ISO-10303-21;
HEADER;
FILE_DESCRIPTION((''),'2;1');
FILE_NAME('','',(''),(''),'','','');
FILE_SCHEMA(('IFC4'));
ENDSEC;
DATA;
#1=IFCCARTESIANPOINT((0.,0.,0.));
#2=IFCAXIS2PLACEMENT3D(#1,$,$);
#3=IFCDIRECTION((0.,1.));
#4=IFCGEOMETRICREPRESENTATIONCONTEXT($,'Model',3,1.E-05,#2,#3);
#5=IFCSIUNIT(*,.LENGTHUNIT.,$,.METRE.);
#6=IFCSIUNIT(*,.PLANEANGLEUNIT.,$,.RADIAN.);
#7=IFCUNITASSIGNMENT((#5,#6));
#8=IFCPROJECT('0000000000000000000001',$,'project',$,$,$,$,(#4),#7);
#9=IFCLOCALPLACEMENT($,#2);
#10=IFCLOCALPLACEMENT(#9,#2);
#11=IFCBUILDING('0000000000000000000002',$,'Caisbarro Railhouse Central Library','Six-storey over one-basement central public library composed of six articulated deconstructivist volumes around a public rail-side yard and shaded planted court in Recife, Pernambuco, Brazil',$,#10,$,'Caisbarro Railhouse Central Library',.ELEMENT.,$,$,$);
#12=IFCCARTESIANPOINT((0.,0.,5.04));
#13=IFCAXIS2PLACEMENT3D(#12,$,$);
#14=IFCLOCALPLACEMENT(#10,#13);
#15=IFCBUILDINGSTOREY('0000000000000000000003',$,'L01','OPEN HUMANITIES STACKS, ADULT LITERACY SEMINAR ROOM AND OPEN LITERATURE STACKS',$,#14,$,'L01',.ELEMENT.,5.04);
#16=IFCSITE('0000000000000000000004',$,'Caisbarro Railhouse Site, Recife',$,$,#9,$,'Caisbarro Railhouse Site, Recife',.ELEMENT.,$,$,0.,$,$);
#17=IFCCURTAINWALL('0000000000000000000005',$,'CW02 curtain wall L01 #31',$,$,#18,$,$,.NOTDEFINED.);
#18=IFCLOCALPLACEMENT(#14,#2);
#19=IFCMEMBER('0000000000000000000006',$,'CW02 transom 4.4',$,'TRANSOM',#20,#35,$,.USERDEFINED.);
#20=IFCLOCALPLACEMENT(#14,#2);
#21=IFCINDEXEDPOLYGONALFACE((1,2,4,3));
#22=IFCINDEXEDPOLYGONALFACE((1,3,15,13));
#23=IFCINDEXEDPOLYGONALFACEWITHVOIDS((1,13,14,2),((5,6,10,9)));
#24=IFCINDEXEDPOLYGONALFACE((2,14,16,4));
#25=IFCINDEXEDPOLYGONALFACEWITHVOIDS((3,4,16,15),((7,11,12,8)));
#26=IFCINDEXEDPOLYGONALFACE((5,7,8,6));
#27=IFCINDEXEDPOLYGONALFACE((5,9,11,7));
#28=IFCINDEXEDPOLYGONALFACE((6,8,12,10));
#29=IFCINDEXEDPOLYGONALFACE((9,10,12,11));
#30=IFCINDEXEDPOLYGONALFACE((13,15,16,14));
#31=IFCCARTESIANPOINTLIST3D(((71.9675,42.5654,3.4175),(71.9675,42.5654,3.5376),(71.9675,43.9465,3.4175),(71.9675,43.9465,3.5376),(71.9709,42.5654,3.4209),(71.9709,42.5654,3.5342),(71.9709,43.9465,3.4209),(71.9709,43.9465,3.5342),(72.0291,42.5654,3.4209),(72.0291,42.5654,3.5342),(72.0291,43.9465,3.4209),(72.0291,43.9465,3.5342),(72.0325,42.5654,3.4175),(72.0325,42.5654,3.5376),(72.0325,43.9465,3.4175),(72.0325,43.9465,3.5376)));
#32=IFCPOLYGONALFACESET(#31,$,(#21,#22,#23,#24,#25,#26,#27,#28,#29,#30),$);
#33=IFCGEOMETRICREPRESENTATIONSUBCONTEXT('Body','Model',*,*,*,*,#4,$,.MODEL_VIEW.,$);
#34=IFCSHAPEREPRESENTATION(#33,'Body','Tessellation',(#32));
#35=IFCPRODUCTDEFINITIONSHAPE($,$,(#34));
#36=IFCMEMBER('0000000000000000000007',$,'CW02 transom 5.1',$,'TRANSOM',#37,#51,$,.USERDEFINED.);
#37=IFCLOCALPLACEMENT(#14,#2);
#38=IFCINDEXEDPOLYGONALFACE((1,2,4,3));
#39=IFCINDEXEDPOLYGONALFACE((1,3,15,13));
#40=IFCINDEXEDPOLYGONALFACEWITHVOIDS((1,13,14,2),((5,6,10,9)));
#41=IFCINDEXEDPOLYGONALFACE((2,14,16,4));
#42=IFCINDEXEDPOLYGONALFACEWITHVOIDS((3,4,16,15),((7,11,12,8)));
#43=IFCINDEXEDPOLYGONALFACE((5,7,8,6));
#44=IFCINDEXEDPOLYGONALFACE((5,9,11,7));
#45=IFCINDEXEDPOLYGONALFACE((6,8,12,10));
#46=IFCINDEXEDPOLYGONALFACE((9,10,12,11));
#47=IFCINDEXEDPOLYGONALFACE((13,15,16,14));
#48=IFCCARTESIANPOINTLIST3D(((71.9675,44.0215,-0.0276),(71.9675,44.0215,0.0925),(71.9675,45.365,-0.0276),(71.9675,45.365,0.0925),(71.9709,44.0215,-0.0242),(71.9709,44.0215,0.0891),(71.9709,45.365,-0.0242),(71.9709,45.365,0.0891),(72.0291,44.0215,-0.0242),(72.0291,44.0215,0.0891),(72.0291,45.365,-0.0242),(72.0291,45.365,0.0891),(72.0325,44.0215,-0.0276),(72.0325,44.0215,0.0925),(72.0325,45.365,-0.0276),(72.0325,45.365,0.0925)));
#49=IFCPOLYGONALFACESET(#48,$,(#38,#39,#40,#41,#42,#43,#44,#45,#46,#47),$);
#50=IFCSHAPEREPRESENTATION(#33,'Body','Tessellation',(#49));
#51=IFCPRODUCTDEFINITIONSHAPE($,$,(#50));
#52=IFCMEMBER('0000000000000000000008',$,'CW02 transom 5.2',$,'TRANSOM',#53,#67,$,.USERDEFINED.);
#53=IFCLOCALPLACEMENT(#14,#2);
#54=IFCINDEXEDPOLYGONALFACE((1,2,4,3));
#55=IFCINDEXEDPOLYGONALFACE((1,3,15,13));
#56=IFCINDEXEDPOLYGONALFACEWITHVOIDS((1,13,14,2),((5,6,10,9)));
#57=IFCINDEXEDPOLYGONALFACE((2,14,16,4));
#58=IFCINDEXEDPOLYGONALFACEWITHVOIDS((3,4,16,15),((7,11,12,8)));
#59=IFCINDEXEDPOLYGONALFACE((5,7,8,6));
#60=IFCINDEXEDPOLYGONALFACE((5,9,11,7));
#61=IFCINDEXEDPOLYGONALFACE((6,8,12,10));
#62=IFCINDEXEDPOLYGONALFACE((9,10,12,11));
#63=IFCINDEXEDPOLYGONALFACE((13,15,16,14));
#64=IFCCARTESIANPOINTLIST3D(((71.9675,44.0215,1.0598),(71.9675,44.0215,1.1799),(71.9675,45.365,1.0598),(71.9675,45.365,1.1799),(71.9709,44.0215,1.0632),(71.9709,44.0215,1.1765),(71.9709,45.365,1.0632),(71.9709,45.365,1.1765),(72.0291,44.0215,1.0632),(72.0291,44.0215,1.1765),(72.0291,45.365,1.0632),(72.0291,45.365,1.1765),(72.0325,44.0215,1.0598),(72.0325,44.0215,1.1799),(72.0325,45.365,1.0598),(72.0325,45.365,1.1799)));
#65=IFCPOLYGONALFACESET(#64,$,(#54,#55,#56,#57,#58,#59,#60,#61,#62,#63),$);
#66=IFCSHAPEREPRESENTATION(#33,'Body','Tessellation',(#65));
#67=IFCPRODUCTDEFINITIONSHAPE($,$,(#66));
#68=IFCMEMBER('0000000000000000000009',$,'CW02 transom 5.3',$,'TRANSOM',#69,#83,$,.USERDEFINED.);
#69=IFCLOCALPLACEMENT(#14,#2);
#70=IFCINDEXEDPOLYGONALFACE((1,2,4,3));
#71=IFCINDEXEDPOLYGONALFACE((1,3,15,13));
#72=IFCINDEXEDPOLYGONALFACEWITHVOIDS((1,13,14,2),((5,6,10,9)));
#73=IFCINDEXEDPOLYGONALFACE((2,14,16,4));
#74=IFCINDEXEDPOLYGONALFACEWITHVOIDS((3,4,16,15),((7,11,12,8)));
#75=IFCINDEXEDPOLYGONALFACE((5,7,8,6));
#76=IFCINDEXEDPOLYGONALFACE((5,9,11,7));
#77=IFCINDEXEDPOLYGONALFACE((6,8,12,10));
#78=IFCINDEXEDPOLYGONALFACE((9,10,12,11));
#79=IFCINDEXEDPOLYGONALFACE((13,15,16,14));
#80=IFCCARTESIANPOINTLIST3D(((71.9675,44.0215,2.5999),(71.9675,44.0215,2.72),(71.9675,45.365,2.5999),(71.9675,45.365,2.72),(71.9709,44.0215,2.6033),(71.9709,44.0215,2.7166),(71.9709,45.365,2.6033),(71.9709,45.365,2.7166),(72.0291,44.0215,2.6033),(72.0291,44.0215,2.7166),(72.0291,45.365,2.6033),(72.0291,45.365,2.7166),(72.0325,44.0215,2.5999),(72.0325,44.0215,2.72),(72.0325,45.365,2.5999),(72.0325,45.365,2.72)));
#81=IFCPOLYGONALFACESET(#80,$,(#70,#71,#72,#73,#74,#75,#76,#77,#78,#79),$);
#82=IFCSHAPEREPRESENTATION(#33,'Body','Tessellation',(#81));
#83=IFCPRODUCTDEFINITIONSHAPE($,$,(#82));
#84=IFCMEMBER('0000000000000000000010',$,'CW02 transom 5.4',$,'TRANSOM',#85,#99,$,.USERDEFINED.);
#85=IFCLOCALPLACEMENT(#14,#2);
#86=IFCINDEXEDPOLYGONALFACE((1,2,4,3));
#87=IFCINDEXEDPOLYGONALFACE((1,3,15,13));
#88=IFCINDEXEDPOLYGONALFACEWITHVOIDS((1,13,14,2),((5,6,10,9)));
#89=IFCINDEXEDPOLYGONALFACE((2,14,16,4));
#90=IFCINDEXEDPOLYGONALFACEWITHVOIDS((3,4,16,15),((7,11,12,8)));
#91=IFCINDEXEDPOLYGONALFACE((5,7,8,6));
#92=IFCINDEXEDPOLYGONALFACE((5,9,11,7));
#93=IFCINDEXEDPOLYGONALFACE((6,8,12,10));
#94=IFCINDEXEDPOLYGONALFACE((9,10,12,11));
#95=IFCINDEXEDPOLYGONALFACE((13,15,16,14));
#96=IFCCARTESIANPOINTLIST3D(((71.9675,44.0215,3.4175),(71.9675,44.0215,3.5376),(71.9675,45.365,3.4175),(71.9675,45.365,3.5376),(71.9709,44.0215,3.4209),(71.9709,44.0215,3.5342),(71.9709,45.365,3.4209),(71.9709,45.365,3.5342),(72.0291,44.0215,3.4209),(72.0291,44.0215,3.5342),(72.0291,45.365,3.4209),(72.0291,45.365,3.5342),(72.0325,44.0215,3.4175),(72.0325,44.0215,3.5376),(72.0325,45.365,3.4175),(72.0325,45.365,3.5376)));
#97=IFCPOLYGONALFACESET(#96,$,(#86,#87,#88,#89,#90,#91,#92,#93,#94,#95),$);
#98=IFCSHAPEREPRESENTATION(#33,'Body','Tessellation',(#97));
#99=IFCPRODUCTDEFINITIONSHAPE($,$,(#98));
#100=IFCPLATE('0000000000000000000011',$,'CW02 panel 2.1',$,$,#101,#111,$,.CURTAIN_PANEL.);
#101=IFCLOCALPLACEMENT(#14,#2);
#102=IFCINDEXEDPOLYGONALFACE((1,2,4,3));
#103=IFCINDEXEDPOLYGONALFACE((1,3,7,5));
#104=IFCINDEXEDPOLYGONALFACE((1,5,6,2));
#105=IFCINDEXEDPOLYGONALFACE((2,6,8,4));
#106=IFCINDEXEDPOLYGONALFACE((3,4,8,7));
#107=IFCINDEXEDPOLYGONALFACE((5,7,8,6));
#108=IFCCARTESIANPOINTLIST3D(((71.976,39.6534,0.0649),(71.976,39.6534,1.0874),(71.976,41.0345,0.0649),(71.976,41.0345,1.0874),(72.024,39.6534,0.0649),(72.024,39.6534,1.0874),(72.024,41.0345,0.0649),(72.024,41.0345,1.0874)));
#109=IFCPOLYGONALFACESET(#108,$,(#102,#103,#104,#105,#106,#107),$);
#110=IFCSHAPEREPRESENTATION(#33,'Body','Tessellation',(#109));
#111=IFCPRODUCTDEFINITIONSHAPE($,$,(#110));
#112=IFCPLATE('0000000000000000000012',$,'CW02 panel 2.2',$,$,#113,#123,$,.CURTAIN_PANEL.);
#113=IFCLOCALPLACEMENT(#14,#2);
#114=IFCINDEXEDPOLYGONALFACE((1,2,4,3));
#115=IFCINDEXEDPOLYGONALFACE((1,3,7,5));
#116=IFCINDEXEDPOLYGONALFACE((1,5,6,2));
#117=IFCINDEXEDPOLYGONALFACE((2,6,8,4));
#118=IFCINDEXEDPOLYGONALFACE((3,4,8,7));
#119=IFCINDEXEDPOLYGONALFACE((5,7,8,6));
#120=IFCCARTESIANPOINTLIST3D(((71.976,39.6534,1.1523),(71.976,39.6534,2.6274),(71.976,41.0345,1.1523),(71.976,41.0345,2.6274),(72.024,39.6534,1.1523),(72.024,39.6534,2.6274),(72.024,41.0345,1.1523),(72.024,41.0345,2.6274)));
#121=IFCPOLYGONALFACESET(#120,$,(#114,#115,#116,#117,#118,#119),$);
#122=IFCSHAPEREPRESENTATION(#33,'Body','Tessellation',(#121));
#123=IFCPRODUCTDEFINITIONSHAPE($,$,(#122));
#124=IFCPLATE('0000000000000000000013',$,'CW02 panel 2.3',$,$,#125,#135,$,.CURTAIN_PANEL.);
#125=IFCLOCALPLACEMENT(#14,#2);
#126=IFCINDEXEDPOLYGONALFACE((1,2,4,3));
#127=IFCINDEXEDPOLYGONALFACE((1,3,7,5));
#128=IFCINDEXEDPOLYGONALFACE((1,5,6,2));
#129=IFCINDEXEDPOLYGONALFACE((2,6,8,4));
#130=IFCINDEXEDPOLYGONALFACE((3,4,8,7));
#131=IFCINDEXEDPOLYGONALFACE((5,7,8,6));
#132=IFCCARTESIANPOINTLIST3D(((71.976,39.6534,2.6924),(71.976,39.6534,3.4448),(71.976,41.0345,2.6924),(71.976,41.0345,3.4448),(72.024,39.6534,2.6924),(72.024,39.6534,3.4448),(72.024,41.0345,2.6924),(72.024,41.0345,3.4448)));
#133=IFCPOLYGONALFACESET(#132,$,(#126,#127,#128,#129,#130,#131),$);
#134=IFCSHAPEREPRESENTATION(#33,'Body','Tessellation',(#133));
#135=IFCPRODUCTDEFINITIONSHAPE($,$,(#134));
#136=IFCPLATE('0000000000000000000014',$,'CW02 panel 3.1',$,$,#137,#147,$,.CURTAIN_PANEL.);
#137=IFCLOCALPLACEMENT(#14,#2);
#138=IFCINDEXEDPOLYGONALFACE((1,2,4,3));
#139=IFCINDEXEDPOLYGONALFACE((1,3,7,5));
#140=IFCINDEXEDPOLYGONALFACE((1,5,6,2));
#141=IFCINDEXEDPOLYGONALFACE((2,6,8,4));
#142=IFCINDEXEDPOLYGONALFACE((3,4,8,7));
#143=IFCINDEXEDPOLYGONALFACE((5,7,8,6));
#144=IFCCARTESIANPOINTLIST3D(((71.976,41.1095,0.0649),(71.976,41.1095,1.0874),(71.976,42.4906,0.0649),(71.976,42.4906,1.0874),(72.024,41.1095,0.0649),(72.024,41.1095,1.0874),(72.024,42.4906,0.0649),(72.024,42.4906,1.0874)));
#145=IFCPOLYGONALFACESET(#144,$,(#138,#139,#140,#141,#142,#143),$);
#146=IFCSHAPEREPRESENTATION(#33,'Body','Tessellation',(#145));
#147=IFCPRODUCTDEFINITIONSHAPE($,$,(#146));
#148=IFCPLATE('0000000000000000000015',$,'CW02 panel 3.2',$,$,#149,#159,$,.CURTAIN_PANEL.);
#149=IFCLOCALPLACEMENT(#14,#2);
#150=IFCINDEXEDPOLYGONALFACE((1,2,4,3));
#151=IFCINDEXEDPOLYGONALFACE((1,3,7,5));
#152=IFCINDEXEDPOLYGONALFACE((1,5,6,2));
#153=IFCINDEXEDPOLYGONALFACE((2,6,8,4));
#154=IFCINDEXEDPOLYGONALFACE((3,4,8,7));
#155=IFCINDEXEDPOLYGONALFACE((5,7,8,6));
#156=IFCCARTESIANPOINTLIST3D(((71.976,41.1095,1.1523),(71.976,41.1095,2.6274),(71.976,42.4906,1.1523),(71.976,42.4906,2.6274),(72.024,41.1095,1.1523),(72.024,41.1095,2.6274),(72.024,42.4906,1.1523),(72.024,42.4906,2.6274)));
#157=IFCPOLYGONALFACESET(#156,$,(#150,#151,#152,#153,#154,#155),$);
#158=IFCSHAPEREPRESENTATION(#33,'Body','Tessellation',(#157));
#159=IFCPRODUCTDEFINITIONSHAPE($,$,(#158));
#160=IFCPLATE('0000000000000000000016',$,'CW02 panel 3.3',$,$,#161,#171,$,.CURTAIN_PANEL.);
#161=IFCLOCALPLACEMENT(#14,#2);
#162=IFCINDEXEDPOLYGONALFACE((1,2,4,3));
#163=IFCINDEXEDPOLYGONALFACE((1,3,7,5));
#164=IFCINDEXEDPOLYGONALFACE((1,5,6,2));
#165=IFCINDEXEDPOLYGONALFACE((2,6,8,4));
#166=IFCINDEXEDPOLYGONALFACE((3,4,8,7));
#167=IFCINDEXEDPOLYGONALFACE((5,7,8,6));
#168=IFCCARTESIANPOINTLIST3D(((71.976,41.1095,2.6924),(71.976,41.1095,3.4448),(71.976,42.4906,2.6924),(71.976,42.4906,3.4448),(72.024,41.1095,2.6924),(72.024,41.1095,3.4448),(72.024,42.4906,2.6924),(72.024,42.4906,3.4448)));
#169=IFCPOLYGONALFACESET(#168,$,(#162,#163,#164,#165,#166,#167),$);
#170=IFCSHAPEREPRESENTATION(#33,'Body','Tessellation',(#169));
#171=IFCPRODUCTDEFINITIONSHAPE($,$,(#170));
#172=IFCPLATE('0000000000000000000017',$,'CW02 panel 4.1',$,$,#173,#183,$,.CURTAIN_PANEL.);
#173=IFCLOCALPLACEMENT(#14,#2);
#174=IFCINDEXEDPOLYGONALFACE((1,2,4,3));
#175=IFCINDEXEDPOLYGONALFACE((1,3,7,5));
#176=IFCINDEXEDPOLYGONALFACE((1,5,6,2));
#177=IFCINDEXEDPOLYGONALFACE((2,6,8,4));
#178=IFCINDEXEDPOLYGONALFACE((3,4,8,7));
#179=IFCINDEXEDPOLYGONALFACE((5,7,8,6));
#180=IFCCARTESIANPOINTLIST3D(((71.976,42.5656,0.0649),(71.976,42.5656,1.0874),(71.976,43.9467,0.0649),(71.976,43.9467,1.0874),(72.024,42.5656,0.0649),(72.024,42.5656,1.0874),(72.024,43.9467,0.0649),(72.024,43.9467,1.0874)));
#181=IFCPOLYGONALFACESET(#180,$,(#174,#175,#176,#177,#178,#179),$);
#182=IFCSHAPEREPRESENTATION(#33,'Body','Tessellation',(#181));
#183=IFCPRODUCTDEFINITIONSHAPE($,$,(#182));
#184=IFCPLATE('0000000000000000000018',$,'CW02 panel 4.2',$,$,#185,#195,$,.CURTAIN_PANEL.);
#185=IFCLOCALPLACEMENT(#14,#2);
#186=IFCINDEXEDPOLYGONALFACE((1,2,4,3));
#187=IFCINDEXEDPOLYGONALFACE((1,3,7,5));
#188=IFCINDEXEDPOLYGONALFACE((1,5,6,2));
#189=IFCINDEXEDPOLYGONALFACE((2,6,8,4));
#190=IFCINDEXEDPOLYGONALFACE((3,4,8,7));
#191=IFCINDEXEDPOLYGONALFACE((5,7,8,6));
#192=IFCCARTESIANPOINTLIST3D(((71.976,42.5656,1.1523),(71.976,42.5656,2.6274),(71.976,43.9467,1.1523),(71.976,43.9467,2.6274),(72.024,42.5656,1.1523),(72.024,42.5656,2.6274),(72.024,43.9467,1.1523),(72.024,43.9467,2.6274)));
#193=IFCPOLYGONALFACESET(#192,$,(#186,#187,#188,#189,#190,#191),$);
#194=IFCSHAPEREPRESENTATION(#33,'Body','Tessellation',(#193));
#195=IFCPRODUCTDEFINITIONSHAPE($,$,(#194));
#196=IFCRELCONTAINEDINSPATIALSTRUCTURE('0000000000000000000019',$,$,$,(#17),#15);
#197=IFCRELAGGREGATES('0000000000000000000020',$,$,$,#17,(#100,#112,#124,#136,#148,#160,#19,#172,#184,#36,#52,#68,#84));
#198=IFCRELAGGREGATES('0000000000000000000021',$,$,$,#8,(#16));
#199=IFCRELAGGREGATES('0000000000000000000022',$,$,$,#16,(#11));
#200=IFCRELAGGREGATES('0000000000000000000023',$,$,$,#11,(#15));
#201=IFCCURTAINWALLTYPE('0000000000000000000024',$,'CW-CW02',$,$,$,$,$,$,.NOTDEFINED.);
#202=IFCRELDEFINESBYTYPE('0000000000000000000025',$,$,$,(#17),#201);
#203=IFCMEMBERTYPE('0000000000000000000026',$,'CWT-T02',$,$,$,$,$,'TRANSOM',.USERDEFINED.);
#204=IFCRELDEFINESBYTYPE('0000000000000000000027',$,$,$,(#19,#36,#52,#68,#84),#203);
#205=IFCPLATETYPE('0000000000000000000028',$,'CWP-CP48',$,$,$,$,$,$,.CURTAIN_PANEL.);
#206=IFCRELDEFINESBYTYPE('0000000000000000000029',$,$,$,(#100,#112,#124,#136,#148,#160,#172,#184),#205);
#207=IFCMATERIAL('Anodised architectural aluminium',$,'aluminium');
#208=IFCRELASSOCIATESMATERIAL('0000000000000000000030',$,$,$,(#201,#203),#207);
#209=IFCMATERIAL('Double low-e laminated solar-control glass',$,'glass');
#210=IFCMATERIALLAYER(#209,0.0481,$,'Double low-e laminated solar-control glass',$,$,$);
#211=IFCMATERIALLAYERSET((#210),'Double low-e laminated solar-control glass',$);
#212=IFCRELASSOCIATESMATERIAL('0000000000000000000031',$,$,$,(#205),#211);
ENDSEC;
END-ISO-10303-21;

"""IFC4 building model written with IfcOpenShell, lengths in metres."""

from ifc_helpers import new_model, si_unit, direction, frame, origin, origin_2d, place, context, subcontext, project, spatial, rectangle, hollow_rectangle, extrude, material, layer, layer_set, material_profile, profile_set, type_object, element, aggregate, save


model = new_model("IFC4")

# Units and contexts
model_context = context("Model", 3, precision=1e-05, world=origin(), true_north=direction((0.0, 1.0)))
body_context = subcontext(model_context, "Body", "Model", "MODEL_VIEW")
ifc_project = project(units=[si_unit("LENGTHUNIT", "METRE"), si_unit("PLANEANGLEUNIT", "RADIAN")], contexts=[model_context])

# Site, building, storey
site_placement = place(None, origin())
site = spatial("IfcSite", under=ifc_project, at=site_placement, Name="Caisbarro Railhouse Site, Recife", LongName="Caisbarro Railhouse Site, Recife", CompositionType="ELEMENT", RefElevation=0.0)
building_placement = place(site_placement, origin())
building = spatial("IfcBuilding", under=site, at=building_placement, Name="Caisbarro Railhouse Central Library", Description="Six-storey over one-basement central public library composed of six articulated deconstructivist volumes around a public rail-side yard and shaded planted court in Recife, Pernambuco, Brazil", LongName="Caisbarro Railhouse Central Library", CompositionType="ELEMENT")
storey_placement = place(building_placement, frame((0.0, 0.0, 5.04)))
storey = spatial("IfcBuildingStorey", under=building, at=storey_placement, Name="L01", Description="OPEN HUMANITIES STACKS, ADULT LITERACY SEMINAR ROOM AND OPEN LITERATURE STACKS", LongName="L01", CompositionType="ELEMENT", Elevation=5.04)

# Curtain wall, members, plates
ifc_material_1 = material(Name="Anodised architectural aluminium", Category="aluminium")
curtain_wall_type = type_object("IfcCurtainWallType", Name="CW-CW02", PredefinedType="NOTDEFINED", material=ifc_material_1)
curtain_wall_placement = place(storey_placement, origin())
curtain_wall = element("IfcCurtainWall", 1, at=curtain_wall_placement, inside=storey, type_object=curtain_wall_type, Name="CW02 curtain wall L01 #31", PredefinedType="NOTDEFINED")
ifc_material_profile_1 = material_profile(ifc_material_1, hollow_rectangle(XDim=0.0649, YDim=0.1201, WallThickness=0.0034, at=origin_2d()), Name="ALU-TRN-65X120")
ifc_profile_set_1 = profile_set([ifc_material_profile_1], Name="Anodised architectural aluminium")
member_type_1 = type_object("IfcMemberType", Name="CWT-T02", ElementType="TRANSOM", PredefinedType="USERDEFINED", material=ifc_profile_set_1)
member_1_placement = place(storey_placement, frame((72.0, 42.5654, 3.4775), z_axis=(0.0, 1.0, 0.0), x_axis=(-1.0, 0.0, 0.0)))
member_1 = element("IfcMember", 2, at=member_1_placement, type_object=member_type_1, Name="CW02 transom 4.4", ObjectType="TRANSOM", PredefinedType="USERDEFINED", context=body_context, shape_type="SweptSolid", body=[
    extrude(hollow_rectangle(XDim=0.0649, YDim=0.1201, WallThickness=0.0034, at=origin_2d()), origin(), (0.0, 0.0, 1.0), 1.3811),
])
member_2_placement = place(storey_placement, frame((72.0, 44.0215, 0.0325), z_axis=(0.0, 1.0, 0.0), x_axis=(-1.0, 0.0, 0.0)))
member_2 = element("IfcMember", 3, at=member_2_placement, type_object=member_type_1, Name="CW02 transom 5.1", ObjectType="TRANSOM", PredefinedType="USERDEFINED", context=body_context, shape_type="SweptSolid", body=[
    extrude(hollow_rectangle(XDim=0.0649, YDim=0.1201, WallThickness=0.0034, at=origin_2d()), origin(), (0.0, 0.0, 1.0), 1.3435),
])
member_3_placement = place(storey_placement, frame((72.0, 44.0215, 1.1199), z_axis=(0.0, 1.0, 0.0), x_axis=(-1.0, 0.0, 0.0)))
member_3 = element("IfcMember", 4, at=member_3_placement, type_object=member_type_1, Name="CW02 transom 5.2", ObjectType="TRANSOM", PredefinedType="USERDEFINED", context=body_context, shape_type="SweptSolid", body=[
    extrude(hollow_rectangle(XDim=0.0649, YDim=0.1201, WallThickness=0.0034, at=origin_2d()), origin(), (0.0, 0.0, 1.0), 1.3435),
])
member_4_placement = place(storey_placement, frame((72.0, 44.0215, 2.6599), z_axis=(0.0, 1.0, 0.0), x_axis=(-1.0, 0.0, 0.0)))
member_4 = element("IfcMember", 5, at=member_4_placement, type_object=member_type_1, Name="CW02 transom 5.3", ObjectType="TRANSOM", PredefinedType="USERDEFINED", context=body_context, shape_type="SweptSolid", body=[
    extrude(hollow_rectangle(XDim=0.0649, YDim=0.1201, WallThickness=0.0034, at=origin_2d()), origin(), (0.0, 0.0, 1.0), 1.3435),
])
member_5_placement = place(storey_placement, frame((72.0, 44.0215, 3.4775), z_axis=(0.0, 1.0, 0.0), x_axis=(-1.0, 0.0, 0.0)))
member_5 = element("IfcMember", 6, at=member_5_placement, type_object=member_type_1, Name="CW02 transom 5.4", ObjectType="TRANSOM", PredefinedType="USERDEFINED", context=body_context, shape_type="SweptSolid", body=[
    extrude(hollow_rectangle(XDim=0.0649, YDim=0.1201, WallThickness=0.0034, at=origin_2d()), origin(), (0.0, 0.0, 1.0), 1.3435),
])
ifc_material_2 = material(Name="Double low-e laminated solar-control glass", Category="glass")
ifc_layer_1 = layer(ifc_material_2, 0.0481, Name="Double low-e laminated solar-control glass")
ifc_layer_set_1 = layer_set([ifc_layer_1], Name="Double low-e laminated solar-control glass")
plate_type_1 = type_object("IfcPlateType", Name="CWP-CP48", PredefinedType="CURTAIN_PANEL", material=ifc_layer_set_1)
plate_1_placement = place(storey_placement, frame((72.0, 40.344, 0.0649), z_axis=(0.0, 0.0, 1.0), x_axis=(0.0, 1.0, 0.0)))
plate_1 = element("IfcPlate", 7, at=plate_1_placement, type_object=plate_type_1, Name="CW02 panel 2.1", PredefinedType="CURTAIN_PANEL", context=body_context, shape_type="SweptSolid", body=[
    extrude(rectangle(XDim=1.3811, YDim=0.0481, at=origin_2d()), origin(), (0.0, 0.0, 1.0), 1.0225),
])
plate_2_placement = place(storey_placement, frame((72.0, 40.344, 1.1523), z_axis=(0.0, 0.0, 1.0), x_axis=(0.0, 1.0, 0.0)))
plate_2 = element("IfcPlate", 8, at=plate_2_placement, type_object=plate_type_1, Name="CW02 panel 2.2", PredefinedType="CURTAIN_PANEL", context=body_context, shape_type="SweptSolid", body=[
    extrude(rectangle(XDim=1.3811, YDim=0.0481, at=origin_2d()), origin(), (0.0, 0.0, 1.0), 1.4751),
])
plate_3_placement = place(storey_placement, frame((72.0, 40.344, 2.6924), z_axis=(0.0, 0.0, 1.0), x_axis=(0.0, 1.0, 0.0)))
plate_3 = element("IfcPlate", 9, at=plate_3_placement, type_object=plate_type_1, Name="CW02 panel 2.3", PredefinedType="CURTAIN_PANEL", context=body_context, shape_type="SweptSolid", body=[
    extrude(rectangle(XDim=1.3811, YDim=0.0481, at=origin_2d()), origin(), (0.0, 0.0, 1.0), 0.7524),
])
plate_4_placement = place(storey_placement, frame((72.0, 41.8, 0.0649), z_axis=(0.0, 0.0, 1.0), x_axis=(0.0, 1.0, 0.0)))
plate_4 = element("IfcPlate", 10, at=plate_4_placement, type_object=plate_type_1, Name="CW02 panel 3.1", PredefinedType="CURTAIN_PANEL", context=body_context, shape_type="SweptSolid", body=[
    extrude(rectangle(XDim=1.3811, YDim=0.0481, at=origin_2d()), origin(), (0.0, 0.0, 1.0), 1.0225),
])
plate_5_placement = place(storey_placement, frame((72.0, 41.8, 1.1523), z_axis=(0.0, 0.0, 1.0), x_axis=(0.0, 1.0, 0.0)))
plate_5 = element("IfcPlate", 11, at=plate_5_placement, type_object=plate_type_1, Name="CW02 panel 3.2", PredefinedType="CURTAIN_PANEL", context=body_context, shape_type="SweptSolid", body=[
    extrude(rectangle(XDim=1.3811, YDim=0.0481, at=origin_2d()), origin(), (0.0, 0.0, 1.0), 1.4751),
])
plate_6_placement = place(storey_placement, frame((72.0, 41.8, 2.6924), z_axis=(0.0, 0.0, 1.0), x_axis=(0.0, 1.0, 0.0)))
plate_6 = element("IfcPlate", 12, at=plate_6_placement, type_object=plate_type_1, Name="CW02 panel 3.3", PredefinedType="CURTAIN_PANEL", context=body_context, shape_type="SweptSolid", body=[
    extrude(rectangle(XDim=1.3811, YDim=0.0481, at=origin_2d()), origin(), (0.0, 0.0, 1.0), 0.7524),
])
plate_7_placement = place(storey_placement, frame((72.0, 43.2561, 0.0649), z_axis=(0.0, 0.0, 1.0), x_axis=(0.0, 1.0, 0.0)))
plate_7 = element("IfcPlate", 13, at=plate_7_placement, type_object=plate_type_1, Name="CW02 panel 4.1", PredefinedType="CURTAIN_PANEL", context=body_context, shape_type="SweptSolid", body=[
    extrude(rectangle(XDim=1.3811, YDim=0.0481, at=origin_2d()), origin(), (0.0, 0.0, 1.0), 1.0225),
])
plate_8_placement = place(storey_placement, frame((72.0, 43.2561, 1.1523), z_axis=(0.0, 0.0, 1.0), x_axis=(0.0, 1.0, 0.0)))
plate_8 = element("IfcPlate", 14, at=plate_8_placement, type_object=plate_type_1, Name="CW02 panel 4.2", PredefinedType="CURTAIN_PANEL", context=body_context, shape_type="SweptSolid", body=[
    extrude(rectangle(XDim=1.3811, YDim=0.0481, at=origin_2d()), origin(), (0.0, 0.0, 1.0), 1.4751),
])
aggregate(curtain_wall, [plate_1, plate_2, plate_3, plate_4, plate_5, plate_6, member_1, plate_7, plate_8, member_2, member_3, member_4, member_5])

save(model, "model.ifc")
